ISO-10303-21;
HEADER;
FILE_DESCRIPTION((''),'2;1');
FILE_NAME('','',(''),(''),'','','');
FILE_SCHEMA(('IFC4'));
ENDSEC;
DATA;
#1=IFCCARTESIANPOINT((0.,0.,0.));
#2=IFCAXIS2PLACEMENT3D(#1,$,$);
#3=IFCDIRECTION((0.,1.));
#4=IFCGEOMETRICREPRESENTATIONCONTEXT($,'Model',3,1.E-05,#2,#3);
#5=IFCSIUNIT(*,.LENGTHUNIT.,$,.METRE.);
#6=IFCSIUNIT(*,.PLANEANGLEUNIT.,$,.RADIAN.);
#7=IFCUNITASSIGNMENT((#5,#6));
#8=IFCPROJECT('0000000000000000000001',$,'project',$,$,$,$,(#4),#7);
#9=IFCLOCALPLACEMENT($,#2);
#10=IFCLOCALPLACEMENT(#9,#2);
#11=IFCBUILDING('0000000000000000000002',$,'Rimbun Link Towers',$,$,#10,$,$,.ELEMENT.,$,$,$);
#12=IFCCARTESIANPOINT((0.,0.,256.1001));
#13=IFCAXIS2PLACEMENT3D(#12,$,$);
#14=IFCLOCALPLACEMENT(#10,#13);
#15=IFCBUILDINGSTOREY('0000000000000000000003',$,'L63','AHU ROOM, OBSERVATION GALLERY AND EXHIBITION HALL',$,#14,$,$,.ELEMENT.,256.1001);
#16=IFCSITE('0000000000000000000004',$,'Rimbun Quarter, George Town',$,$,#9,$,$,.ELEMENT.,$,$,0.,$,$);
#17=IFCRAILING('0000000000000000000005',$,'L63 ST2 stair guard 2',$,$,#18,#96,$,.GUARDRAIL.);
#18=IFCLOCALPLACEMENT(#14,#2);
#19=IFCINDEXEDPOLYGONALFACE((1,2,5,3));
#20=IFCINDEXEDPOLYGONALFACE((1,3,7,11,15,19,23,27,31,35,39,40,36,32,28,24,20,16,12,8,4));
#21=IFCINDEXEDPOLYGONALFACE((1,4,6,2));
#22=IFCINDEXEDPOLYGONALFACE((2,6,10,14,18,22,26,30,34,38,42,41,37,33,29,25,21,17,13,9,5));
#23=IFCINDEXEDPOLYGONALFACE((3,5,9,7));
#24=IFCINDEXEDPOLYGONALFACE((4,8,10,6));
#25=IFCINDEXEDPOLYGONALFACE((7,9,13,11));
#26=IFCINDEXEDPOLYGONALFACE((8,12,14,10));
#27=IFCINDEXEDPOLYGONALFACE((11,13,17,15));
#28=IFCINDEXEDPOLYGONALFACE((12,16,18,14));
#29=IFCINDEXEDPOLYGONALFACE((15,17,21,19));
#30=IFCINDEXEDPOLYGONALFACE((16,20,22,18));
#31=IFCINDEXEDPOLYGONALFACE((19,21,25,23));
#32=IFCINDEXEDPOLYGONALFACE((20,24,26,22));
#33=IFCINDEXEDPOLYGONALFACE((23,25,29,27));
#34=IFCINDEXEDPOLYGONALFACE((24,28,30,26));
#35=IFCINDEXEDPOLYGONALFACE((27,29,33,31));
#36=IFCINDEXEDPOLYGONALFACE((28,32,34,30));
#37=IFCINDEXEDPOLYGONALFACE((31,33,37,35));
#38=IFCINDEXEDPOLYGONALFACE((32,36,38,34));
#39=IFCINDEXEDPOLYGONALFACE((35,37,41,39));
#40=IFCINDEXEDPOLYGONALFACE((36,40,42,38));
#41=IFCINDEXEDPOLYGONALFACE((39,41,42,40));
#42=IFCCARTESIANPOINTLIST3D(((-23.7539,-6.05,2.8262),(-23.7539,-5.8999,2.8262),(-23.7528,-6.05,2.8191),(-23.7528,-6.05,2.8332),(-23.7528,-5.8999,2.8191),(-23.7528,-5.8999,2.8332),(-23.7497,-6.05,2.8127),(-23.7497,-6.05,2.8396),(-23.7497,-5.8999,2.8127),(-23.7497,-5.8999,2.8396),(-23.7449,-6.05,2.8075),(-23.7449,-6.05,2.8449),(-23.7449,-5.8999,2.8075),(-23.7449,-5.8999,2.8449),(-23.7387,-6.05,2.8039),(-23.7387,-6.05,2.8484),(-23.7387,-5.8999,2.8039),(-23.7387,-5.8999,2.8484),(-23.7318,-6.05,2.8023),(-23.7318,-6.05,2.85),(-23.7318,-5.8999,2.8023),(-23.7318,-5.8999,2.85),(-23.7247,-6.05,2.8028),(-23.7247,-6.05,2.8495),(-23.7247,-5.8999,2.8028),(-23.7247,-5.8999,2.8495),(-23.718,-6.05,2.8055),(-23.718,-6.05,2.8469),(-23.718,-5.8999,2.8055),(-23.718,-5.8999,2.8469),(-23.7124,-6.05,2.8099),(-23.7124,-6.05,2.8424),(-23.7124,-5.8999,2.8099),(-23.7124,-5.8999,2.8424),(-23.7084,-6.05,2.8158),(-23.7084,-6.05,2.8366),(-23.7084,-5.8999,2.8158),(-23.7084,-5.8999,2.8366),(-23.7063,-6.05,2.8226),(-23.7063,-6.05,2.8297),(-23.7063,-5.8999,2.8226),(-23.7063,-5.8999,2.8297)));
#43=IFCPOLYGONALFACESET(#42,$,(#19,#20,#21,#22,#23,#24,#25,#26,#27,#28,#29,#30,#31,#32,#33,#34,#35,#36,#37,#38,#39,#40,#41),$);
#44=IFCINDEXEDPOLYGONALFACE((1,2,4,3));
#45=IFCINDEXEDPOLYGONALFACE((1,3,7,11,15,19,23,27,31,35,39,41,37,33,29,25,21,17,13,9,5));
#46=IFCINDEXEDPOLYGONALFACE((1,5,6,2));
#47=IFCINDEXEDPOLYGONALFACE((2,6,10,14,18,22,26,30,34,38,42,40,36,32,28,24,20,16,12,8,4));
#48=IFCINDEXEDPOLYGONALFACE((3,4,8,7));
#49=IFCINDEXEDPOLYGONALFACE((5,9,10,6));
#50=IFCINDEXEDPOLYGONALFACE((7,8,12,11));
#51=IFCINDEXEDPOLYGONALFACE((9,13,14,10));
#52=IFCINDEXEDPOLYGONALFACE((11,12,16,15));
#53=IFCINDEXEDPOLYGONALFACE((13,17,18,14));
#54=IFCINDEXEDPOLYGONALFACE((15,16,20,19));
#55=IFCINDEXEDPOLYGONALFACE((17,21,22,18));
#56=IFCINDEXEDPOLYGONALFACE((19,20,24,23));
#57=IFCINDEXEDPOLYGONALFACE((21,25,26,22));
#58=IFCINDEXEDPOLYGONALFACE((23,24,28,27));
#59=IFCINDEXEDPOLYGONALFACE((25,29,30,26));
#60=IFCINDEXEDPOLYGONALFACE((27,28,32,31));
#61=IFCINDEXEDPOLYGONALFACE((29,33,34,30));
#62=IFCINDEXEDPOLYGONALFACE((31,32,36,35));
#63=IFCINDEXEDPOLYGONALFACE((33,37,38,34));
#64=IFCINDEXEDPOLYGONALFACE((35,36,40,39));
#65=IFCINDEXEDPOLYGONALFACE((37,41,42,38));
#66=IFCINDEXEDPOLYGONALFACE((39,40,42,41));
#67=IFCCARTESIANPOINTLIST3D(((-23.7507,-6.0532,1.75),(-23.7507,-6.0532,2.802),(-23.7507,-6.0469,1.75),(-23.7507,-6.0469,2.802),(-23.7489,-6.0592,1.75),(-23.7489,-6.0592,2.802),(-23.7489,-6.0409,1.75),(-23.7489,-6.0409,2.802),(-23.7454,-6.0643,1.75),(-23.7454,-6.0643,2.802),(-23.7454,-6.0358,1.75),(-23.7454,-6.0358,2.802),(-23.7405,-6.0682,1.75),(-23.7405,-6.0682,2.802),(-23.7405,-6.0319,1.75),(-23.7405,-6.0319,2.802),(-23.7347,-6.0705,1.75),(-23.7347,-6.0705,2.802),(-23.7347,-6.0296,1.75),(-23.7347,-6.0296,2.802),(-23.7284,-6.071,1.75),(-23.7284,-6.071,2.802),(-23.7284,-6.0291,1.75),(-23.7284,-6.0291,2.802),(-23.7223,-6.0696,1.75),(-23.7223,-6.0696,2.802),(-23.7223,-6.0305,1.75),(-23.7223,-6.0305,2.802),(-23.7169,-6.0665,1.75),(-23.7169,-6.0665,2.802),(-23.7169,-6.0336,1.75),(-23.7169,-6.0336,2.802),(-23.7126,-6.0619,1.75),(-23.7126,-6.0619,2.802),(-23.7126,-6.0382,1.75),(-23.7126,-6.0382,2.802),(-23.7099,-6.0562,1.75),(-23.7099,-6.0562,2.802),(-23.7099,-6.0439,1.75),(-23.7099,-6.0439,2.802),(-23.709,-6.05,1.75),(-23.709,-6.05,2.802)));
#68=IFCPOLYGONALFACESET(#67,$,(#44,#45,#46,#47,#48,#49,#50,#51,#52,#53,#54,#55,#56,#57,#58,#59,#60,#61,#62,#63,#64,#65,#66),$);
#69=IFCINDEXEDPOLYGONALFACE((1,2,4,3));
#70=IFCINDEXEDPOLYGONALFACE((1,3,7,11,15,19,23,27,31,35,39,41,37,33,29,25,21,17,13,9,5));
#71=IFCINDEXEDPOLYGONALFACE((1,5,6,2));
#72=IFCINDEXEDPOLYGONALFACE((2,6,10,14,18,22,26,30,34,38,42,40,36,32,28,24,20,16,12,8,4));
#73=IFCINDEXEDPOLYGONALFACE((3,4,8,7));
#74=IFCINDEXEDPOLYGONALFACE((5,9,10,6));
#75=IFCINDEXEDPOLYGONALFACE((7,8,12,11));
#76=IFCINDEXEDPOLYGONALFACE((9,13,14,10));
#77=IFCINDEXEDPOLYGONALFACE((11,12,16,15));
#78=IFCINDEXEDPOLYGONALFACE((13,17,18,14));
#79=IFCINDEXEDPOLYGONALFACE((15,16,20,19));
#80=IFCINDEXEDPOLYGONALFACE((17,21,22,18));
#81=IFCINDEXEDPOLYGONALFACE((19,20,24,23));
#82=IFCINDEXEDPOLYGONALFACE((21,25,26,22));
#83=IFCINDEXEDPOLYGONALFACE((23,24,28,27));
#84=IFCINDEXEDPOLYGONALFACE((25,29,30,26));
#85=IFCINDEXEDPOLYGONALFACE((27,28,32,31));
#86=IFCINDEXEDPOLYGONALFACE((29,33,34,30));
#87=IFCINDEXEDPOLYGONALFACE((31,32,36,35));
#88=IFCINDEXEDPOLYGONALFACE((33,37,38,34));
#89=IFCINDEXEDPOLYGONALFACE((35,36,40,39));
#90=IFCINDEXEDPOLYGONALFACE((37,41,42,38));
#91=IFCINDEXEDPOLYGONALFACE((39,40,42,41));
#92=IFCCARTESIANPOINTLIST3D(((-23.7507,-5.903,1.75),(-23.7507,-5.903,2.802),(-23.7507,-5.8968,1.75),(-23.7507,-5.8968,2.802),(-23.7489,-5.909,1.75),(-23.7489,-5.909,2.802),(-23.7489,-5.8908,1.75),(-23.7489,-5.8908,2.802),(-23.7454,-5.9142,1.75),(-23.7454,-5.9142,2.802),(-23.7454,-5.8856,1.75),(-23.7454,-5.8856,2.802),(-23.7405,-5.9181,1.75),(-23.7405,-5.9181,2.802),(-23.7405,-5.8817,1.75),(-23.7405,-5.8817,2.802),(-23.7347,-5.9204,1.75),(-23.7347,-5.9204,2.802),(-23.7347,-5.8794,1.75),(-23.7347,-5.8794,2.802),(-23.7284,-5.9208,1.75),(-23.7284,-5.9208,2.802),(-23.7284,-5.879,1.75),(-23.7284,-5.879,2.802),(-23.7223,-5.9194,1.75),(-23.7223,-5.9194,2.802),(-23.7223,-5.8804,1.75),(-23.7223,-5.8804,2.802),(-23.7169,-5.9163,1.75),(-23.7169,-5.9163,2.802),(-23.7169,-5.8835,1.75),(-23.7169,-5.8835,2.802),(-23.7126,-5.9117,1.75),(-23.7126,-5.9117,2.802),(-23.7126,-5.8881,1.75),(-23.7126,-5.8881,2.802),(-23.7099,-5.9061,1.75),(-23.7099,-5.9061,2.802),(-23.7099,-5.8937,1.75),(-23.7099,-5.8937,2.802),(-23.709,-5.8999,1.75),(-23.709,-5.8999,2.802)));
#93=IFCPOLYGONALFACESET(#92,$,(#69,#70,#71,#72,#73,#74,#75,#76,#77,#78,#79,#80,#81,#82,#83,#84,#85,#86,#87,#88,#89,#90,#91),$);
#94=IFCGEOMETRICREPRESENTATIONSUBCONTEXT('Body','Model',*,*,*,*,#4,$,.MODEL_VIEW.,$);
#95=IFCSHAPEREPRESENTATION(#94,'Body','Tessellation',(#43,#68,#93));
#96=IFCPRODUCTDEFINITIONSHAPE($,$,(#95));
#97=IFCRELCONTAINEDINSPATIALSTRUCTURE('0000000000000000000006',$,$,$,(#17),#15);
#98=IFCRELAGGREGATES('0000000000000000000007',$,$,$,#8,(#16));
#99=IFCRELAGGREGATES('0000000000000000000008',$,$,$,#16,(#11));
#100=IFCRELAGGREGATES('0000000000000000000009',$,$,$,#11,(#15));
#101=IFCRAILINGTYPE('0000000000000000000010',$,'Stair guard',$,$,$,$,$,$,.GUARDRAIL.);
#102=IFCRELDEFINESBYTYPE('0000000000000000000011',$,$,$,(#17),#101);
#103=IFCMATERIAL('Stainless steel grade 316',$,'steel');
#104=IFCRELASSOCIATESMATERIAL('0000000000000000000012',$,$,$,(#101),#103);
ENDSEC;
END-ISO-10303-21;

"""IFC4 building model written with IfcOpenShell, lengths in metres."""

from ifc_helpers import new_model, si_unit, direction, frame, origin, origin_2d, place, context, subcontext, project, spatial, circle, extrude, material, type_object, element, save


model = new_model("IFC4")

# Units and contexts
model_context = context("Model", 3, precision=1e-05, world=origin(), true_north=direction((0.0, 1.0)))
body_context = subcontext(model_context, "Body", "Model", "MODEL_VIEW")
ifc_project = project(units=[si_unit("LENGTHUNIT", "METRE"), si_unit("PLANEANGLEUNIT", "RADIAN")], contexts=[model_context])

# Site, building, storey
site_placement = place(None, origin())
site = spatial("IfcSite", under=ifc_project, at=site_placement, Name="Rimbun Quarter, George Town", CompositionType="ELEMENT", RefElevation=0.0)
building_placement = place(site_placement, origin())
building = spatial("IfcBuilding", under=site, at=building_placement, Name="Rimbun Link Towers", CompositionType="ELEMENT")
storey_placement = place(building_placement, frame((0.0, 0.0, 256.1001)))
storey = spatial("IfcBuildingStorey", under=building, at=storey_placement, Name="L63", Description="AHU ROOM, OBSERVATION GALLERY AND EXHIBITION HALL", CompositionType="ELEMENT", Elevation=256.1001)

# Railing
ifc_material_1 = material(Name="Stainless steel grade 316", Category="steel")
railing_type_1 = type_object("IfcRailingType", Name="Stair guard", PredefinedType="GUARDRAIL", material=ifc_material_1)
railing_1_placement = place(storey_placement, frame((-23.73, -6.05, 1.75)))
element("IfcRailing", 1, at=railing_1_placement, inside=storey, type_object=railing_type_1, Name="L63 ST2 stair guard 2", PredefinedType="GUARDRAIL", context=body_context, shape_type="SweptSolid", body=[
    extrude(circle(Radius=0.0239, at=origin_2d()), frame((0.0, 0.0, 1.0762), z_axis=(0.0, 1.0, 0.0), x_axis=(-1.0, 0.0, 0.0)), (0.0, 0.0, 1.0), 0.1501),
    extrude(circle(Radius=0.021, at=origin_2d()), origin(), (0.0, 0.0, 1.0), 1.052),
    extrude(circle(Radius=0.021, at=origin_2d()), frame((0.0, 0.1501, 0.0)), (0.0, 0.0, 1.0), 1.052),
])

save(model, "model.ifc")
